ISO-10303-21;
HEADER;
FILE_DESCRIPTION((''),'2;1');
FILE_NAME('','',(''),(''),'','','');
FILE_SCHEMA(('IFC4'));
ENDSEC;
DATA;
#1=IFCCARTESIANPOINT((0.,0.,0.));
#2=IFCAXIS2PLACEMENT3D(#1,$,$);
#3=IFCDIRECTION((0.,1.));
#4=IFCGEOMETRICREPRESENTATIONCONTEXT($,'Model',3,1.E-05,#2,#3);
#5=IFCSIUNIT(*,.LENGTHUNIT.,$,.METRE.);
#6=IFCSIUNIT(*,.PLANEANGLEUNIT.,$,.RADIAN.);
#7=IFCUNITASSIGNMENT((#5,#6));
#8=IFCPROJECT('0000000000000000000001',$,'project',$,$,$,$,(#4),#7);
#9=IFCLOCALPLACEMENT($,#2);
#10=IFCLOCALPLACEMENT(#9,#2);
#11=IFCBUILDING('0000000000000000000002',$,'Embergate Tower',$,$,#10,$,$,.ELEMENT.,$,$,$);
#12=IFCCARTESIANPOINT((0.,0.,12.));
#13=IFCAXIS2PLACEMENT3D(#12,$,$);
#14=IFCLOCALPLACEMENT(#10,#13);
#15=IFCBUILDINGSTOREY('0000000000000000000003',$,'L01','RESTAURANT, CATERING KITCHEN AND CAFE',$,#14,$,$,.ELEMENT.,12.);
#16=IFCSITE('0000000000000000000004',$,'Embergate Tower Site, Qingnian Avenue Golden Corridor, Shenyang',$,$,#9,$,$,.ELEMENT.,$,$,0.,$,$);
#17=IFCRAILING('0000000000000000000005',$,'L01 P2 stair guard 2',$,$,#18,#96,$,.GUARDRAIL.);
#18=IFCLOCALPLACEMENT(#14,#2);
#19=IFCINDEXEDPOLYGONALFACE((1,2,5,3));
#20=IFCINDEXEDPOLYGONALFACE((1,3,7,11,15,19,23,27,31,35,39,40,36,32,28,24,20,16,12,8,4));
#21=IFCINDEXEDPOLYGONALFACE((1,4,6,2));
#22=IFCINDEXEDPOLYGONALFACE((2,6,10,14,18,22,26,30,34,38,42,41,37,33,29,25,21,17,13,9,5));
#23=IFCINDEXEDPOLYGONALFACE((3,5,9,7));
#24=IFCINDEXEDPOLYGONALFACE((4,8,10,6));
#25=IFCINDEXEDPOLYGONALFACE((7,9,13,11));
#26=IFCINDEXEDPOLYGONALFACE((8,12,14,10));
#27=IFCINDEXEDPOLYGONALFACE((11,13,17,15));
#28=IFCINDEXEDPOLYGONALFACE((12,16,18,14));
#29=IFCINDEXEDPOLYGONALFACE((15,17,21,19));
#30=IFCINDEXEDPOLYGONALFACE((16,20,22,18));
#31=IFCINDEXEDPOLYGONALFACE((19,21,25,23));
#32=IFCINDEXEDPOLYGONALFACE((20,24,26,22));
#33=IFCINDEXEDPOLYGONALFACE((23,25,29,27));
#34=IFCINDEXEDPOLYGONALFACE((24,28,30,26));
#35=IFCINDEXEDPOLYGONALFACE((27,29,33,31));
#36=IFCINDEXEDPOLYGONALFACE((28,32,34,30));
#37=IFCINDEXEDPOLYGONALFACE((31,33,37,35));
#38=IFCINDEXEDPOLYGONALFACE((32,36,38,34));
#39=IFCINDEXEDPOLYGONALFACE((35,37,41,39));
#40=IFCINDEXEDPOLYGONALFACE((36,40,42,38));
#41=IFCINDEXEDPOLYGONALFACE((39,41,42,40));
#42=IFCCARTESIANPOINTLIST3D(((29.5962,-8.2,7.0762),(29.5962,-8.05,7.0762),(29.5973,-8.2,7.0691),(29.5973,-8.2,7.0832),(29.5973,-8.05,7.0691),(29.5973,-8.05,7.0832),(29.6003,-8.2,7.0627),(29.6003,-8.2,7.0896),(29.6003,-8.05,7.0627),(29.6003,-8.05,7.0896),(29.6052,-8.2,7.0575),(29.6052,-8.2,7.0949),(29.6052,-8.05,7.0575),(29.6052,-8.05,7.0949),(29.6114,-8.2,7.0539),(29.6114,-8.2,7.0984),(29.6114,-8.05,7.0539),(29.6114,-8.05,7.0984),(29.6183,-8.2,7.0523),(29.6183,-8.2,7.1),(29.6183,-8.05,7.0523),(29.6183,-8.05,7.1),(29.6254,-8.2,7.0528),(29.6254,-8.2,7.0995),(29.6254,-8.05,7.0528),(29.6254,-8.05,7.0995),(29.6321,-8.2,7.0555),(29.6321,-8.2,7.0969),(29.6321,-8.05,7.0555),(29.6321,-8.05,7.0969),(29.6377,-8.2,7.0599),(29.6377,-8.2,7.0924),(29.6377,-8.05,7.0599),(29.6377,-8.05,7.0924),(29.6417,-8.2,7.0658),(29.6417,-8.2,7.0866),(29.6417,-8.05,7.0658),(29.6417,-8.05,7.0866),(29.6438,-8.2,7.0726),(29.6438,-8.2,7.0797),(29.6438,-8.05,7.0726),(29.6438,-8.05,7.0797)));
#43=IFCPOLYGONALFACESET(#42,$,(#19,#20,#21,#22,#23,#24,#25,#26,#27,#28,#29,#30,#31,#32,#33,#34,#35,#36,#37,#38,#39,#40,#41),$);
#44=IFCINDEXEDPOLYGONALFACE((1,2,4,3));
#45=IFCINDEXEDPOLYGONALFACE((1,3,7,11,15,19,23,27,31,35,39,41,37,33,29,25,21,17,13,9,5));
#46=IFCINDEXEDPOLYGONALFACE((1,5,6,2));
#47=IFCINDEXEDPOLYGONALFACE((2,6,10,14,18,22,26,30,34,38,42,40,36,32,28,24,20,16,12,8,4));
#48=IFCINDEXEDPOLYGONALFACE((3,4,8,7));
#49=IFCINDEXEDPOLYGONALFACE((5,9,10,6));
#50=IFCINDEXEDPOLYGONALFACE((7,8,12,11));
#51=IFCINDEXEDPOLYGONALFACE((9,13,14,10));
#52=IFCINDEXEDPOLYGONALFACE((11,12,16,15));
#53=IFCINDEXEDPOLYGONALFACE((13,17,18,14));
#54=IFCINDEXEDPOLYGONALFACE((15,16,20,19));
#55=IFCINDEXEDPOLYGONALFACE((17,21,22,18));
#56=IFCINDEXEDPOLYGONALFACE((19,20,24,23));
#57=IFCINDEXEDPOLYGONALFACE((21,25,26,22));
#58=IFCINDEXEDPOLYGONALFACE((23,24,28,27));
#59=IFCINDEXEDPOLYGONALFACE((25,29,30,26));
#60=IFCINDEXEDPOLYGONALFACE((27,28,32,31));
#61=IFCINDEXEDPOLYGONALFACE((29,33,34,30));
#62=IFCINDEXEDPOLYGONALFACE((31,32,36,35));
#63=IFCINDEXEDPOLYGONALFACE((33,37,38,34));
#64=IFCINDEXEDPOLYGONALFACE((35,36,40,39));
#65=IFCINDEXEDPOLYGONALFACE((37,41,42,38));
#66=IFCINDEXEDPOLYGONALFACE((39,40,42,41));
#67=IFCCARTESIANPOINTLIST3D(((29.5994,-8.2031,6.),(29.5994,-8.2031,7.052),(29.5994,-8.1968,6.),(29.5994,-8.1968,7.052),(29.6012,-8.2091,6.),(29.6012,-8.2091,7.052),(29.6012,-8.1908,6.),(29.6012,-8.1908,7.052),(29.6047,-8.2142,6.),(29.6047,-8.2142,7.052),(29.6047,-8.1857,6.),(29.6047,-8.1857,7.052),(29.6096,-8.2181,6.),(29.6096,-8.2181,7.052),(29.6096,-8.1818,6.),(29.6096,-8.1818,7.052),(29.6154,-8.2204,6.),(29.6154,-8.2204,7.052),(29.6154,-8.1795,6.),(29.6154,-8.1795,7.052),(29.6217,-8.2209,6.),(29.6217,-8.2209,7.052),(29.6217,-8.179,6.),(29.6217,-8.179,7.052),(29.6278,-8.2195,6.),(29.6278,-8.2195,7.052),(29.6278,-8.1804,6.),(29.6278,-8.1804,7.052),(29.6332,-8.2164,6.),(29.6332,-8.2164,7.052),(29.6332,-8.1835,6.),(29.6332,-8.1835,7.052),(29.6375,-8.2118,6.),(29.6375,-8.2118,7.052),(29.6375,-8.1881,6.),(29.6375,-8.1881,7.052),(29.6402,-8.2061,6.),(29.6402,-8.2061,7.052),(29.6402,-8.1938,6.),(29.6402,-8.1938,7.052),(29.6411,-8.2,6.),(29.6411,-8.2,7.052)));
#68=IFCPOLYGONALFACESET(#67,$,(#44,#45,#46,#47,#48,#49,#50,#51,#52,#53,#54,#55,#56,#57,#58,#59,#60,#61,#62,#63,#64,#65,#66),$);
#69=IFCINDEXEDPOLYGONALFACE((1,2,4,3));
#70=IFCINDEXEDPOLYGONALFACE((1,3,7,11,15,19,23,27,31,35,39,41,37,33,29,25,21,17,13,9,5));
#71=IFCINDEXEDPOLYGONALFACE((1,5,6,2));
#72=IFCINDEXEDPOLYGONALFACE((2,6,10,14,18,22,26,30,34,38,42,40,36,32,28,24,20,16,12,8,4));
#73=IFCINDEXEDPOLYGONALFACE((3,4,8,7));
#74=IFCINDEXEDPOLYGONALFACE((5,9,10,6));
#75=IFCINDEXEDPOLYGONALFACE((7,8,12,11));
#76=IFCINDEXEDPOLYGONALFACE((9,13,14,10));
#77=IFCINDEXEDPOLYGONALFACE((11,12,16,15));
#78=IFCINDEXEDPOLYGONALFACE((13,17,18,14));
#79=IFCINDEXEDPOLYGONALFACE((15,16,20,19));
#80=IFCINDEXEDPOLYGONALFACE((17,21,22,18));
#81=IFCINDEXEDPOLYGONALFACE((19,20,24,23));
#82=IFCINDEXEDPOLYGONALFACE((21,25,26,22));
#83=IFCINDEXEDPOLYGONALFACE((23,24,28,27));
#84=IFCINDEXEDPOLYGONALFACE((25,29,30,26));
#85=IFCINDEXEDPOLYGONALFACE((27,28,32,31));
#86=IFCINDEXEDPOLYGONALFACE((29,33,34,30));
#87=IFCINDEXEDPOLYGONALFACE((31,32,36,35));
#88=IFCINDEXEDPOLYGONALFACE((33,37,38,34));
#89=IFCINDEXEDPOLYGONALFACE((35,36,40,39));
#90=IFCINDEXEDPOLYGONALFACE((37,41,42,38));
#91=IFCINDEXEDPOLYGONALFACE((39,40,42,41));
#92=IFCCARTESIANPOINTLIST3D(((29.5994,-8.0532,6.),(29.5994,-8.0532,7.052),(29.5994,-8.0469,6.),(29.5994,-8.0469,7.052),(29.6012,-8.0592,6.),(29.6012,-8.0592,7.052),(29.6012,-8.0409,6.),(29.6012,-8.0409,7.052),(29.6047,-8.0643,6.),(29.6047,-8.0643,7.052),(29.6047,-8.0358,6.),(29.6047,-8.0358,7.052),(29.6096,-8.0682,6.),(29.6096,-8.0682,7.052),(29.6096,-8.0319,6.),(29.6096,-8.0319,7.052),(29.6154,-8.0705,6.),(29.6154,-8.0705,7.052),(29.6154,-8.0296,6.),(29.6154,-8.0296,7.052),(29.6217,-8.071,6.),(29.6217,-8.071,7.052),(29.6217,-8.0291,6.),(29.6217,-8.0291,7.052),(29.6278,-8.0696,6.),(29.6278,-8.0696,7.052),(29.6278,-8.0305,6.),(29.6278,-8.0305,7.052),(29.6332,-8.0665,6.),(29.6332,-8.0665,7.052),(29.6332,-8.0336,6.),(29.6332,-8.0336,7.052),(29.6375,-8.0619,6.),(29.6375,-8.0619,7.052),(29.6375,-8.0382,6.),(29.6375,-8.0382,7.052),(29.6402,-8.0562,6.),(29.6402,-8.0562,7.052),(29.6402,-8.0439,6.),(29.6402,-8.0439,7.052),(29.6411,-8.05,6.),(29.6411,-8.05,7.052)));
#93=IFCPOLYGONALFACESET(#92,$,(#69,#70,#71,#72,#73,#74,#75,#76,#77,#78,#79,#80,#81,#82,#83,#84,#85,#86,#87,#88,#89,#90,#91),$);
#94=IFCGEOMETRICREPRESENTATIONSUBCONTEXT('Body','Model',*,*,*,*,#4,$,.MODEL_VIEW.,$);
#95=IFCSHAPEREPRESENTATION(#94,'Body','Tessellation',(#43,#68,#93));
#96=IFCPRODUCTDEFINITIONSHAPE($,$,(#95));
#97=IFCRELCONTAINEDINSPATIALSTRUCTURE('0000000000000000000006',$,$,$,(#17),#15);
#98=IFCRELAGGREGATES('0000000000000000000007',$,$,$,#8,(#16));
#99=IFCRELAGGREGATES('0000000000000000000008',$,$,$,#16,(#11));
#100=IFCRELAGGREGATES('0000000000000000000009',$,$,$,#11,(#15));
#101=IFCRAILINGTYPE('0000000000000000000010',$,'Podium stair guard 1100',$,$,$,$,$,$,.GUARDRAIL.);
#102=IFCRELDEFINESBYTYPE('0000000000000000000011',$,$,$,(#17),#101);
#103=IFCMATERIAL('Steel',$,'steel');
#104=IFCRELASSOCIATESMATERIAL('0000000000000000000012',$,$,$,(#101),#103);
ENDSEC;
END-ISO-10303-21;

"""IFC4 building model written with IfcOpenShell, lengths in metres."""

from ifc_helpers import new_model, si_unit, direction, frame, origin, origin_2d, place, context, subcontext, project, spatial, circle, extrude, source, transform, mapped, material, type_object, element, save


model = new_model("IFC4")

# Units and contexts
model_context = context("Model", 3, precision=1e-05, world=origin(), true_north=direction((0.0, 1.0)))
body_context = subcontext(model_context, "Body", "Model", "MODEL_VIEW")
ifc_project = project(units=[si_unit("LENGTHUNIT", "METRE"), si_unit("PLANEANGLEUNIT", "RADIAN")], contexts=[model_context])

# Site, building, storey
site_placement = place(None, origin())
site = spatial("IfcSite", under=ifc_project, at=site_placement, Name="Embergate Tower Site, Qingnian Avenue Golden Corridor, Shenyang", CompositionType="ELEMENT", RefElevation=0.0)
building_placement = place(site_placement, origin())
building = spatial("IfcBuilding", under=site, at=building_placement, Name="Embergate Tower", CompositionType="ELEMENT")
storey_placement = place(building_placement, frame((0.0, 0.0, 12.0)))
storey = spatial("IfcBuildingStorey", under=building, at=storey_placement, Name="L01", Description="RESTAURANT, CATERING KITCHEN AND CAFE", CompositionType="ELEMENT", Elevation=12.0)

# Railing
ifc_material_1 = material(Name="Steel", Category="steel")
railing_type_1 = type_object("IfcRailingType", Name="Podium stair guard 1100", PredefinedType="GUARDRAIL", material=ifc_material_1)
shared_shape_1 = source(origin(), body_context, "Body", "SweptSolid", [
    extrude(circle(Radius=0.0239, at=origin_2d()), frame((0.0, 0.0, 1.0762), z_axis=(0.0, 1.0, 0.0), x_axis=(-1.0, 0.0, 0.0)), (0.0, 0.0, 1.0), 0.1499),
    extrude(circle(Radius=0.021, at=origin_2d()), origin(), (0.0, 0.0, 1.0), 1.052),
    extrude(circle(Radius=0.021, at=origin_2d()), frame((0.0, 0.1499, 0.0)), (0.0, 0.0, 1.0), 1.052),
])
railing_1_placement = place(storey_placement, frame((29.6201, -8.2, 6.0)))
element("IfcRailing", 1, at=railing_1_placement, inside=storey, type_object=railing_type_1, Name="L01 P2 stair guard 2", PredefinedType="GUARDRAIL", context=body_context, shape_type="MappedRepresentation", body=[
    mapped(shared_shape_1, transform((0.0, 0.0, 0.0))),
])

save(model, "model.ifc")
